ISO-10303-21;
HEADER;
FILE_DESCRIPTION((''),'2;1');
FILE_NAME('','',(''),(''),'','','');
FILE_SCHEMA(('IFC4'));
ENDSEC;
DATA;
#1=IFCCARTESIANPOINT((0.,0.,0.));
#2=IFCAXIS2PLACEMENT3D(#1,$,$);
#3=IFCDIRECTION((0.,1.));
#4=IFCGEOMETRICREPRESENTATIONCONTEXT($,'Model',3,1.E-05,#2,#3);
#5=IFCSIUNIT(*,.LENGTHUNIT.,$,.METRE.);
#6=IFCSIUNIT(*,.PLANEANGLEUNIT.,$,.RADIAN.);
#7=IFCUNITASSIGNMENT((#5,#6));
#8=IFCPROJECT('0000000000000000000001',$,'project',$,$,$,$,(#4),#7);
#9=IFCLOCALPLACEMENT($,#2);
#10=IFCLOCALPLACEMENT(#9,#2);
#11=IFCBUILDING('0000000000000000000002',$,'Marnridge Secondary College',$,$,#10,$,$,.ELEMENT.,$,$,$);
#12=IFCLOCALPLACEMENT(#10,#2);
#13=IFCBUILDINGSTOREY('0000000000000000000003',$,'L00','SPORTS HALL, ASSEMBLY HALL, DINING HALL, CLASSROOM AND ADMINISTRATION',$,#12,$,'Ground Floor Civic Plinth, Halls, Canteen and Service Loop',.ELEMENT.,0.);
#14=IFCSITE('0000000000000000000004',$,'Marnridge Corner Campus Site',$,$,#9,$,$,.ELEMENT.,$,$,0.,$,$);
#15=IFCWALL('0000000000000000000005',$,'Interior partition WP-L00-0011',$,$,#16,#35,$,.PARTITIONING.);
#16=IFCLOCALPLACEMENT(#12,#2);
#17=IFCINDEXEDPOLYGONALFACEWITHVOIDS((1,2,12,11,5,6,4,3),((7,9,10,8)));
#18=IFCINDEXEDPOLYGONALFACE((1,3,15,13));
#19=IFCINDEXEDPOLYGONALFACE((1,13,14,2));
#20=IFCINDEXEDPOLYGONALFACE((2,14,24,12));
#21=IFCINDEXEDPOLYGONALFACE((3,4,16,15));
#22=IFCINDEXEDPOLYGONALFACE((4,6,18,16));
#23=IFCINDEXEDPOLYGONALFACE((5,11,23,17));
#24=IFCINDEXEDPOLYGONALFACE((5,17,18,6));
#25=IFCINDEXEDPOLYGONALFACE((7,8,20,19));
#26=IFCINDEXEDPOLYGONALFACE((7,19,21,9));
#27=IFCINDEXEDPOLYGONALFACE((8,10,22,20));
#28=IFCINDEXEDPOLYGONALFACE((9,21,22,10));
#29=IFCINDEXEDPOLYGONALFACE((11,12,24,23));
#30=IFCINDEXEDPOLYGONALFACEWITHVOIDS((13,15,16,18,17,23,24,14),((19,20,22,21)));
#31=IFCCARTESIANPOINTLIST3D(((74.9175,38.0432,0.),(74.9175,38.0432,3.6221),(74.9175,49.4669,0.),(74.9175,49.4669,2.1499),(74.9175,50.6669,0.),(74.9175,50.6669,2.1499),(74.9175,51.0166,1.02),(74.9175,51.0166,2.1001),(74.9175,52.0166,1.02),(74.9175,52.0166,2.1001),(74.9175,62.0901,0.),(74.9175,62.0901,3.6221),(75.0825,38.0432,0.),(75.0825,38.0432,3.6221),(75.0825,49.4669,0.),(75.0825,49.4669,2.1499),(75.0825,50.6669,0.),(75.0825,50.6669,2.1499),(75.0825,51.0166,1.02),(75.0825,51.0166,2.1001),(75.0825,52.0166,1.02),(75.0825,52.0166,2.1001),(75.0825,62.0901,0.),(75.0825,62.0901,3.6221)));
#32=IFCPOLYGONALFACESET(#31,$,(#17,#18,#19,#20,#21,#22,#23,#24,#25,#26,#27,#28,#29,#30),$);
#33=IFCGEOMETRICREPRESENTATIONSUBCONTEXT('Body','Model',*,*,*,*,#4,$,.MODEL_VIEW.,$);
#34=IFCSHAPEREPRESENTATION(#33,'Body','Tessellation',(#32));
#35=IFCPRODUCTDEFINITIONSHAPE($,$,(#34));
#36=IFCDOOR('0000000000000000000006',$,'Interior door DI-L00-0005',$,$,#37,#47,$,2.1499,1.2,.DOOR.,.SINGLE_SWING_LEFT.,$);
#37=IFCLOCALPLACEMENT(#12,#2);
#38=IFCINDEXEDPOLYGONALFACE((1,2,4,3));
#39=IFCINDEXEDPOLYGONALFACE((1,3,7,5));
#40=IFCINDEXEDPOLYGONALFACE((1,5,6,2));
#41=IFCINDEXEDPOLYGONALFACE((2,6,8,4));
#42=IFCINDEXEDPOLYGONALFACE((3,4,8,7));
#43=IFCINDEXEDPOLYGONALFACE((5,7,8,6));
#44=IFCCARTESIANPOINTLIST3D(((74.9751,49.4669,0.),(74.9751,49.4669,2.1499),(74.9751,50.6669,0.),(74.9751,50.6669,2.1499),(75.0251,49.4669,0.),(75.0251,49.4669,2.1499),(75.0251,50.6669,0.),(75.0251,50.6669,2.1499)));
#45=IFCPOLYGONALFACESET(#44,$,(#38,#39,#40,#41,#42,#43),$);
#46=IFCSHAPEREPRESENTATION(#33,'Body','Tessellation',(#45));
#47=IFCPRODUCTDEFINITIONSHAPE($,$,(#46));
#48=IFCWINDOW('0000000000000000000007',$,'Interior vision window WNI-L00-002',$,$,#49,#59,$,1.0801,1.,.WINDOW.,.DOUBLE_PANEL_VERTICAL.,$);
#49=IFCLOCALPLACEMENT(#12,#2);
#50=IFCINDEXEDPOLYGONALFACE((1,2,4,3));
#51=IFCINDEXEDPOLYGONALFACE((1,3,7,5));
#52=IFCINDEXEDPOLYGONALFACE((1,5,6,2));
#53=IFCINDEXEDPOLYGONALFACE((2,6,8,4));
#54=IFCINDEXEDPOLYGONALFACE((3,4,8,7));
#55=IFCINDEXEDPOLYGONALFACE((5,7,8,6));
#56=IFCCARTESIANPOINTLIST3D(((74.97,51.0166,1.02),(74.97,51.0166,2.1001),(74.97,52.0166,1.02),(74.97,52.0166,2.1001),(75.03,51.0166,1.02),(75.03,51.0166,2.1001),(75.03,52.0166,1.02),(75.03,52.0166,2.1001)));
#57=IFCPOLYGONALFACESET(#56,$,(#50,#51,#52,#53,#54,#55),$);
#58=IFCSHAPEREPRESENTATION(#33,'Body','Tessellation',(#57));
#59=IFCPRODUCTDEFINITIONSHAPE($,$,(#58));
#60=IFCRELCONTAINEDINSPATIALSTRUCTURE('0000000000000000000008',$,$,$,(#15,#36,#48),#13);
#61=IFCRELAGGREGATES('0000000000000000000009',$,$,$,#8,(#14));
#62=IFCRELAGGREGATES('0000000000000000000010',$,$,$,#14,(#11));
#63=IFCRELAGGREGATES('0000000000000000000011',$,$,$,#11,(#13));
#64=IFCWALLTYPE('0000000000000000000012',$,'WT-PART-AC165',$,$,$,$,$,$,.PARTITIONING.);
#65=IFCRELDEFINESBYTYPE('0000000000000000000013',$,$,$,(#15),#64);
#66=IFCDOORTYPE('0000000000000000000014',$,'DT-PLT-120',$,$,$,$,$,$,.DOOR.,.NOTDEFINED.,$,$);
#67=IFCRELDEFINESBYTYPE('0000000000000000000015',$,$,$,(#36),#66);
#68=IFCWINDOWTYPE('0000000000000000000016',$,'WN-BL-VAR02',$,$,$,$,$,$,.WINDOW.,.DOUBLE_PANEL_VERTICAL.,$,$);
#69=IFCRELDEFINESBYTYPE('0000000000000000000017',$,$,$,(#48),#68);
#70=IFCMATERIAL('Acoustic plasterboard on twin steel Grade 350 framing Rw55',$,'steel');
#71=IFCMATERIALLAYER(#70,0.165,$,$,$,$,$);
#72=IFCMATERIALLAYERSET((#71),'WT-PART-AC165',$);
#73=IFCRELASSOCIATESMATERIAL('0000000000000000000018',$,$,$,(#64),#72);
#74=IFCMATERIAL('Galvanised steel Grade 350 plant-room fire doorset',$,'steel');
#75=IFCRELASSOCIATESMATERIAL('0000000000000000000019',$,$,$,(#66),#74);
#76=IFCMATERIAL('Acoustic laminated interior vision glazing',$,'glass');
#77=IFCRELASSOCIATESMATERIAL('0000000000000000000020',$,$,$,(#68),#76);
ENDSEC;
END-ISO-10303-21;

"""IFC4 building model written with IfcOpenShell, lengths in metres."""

from ifc_helpers import new_model, si_unit, direction, frame, frame_2d, origin, place, context, subcontext, project, spatial, rectangle, extrude, material, layer, layer_set, type_object, element, fill, save


model = new_model("IFC4")

# Units and contexts
model_context = context("Model", 3, precision=1e-05, world=origin(), true_north=direction((0.0, 1.0)))
body_context = subcontext(model_context, "Body", "Model", "MODEL_VIEW")
ifc_project = project(units=[si_unit("LENGTHUNIT", "METRE"), si_unit("PLANEANGLEUNIT", "RADIAN")], contexts=[model_context])

# Site, building, storey
site_placement = place(None, origin())
site = spatial("IfcSite", under=ifc_project, at=site_placement, Name="Marnridge Corner Campus Site", CompositionType="ELEMENT", RefElevation=0.0)
building_placement = place(site_placement, origin())
building = spatial("IfcBuilding", under=site, at=building_placement, Name="Marnridge Secondary College", CompositionType="ELEMENT")
storey_placement = place(building_placement, origin())
storey = spatial("IfcBuildingStorey", under=building, at=storey_placement, Name="L00", Description="SPORTS HALL, ASSEMBLY HALL, DINING HALL, CLASSROOM AND ADMINISTRATION", LongName="Ground Floor Civic Plinth, Halls, Canteen and Service Loop", CompositionType="ELEMENT", Elevation=0.0)

# Wall, openings, door, window
ifc_material_1 = material(Name="Acoustic plasterboard on twin steel Grade 350 framing Rw55", Category="steel")
ifc_layer_1 = layer(ifc_material_1, 0.165)
ifc_layer_set_1 = layer_set([ifc_layer_1], Name="WT-PART-AC165")
wall_type_1 = type_object("IfcWallType", Name="WT-PART-AC165", PredefinedType="PARTITIONING", material=ifc_layer_set_1)
wall_1_placement = place(storey_placement, frame((75.0, 38.0432, 0.0), z_axis=(0.0, 0.0, 1.0), x_axis=(0.0, 1.0, 0.0)))
wall_1 = element("IfcWall", 1, at=wall_1_placement, inside=storey, type_object=wall_type_1, Name="Interior partition WP-L00-0011", PredefinedType="PARTITIONING", context=body_context, shape_type="SweptSolid", body=[
    extrude(rectangle(XDim=24.0469, YDim=0.165, at=frame_2d((12.0234, 0.0))), origin(), (0.0, 0.0, 1.0), 3.6221),
])
opening_1_placement = place(wall_1_placement, frame((11.4236, 0.0, 0.0)))
opening_1 = element("IfcOpeningElement", 2, at=opening_1_placement, cuts=wall_1, PredefinedType="OPENING", context=body_context, shape_type="SweptSolid", body=[
    extrude(rectangle(XDim=1.2, YDim=2.1499, at=frame_2d((0.6001, 1.075))), frame((0.0, 0.0925, 0.0), z_axis=(0.0, -1.0, 0.0), x_axis=(1.0, 0.0, 0.0)), (0.0, 0.0, 1.0), 0.1851),
])
opening_2_placement = place(wall_1_placement, frame((12.9734, 0.0, 1.02)))
opening_2 = element("IfcOpeningElement", 3, at=opening_2_placement, cuts=wall_1, PredefinedType="OPENING", context=body_context, shape_type="SweptSolid", body=[
    extrude(rectangle(XDim=1.0, YDim=1.0801, at=frame_2d((0.5, 0.54))), frame((0.0, 0.0925, 0.0), z_axis=(0.0, -1.0, 0.0), x_axis=(1.0, 0.0, 0.0)), (0.0, 0.0, 1.0), 0.1851),
])
ifc_material_2 = material(Name="Galvanised steel Grade 350 plant-room fire doorset", Category="steel")
door_type_1 = type_object("IfcDoorType", Name="DT-PLT-120", OperationType="NOTDEFINED", PredefinedType="DOOR", material=ifc_material_2)
door_1_placement = place(opening_1_placement, origin())
door_1 = element("IfcDoor", 4, at=door_1_placement, inside=storey, type_object=door_type_1, Name="Interior door DI-L00-0005", OperationType="SINGLE_SWING_LEFT", OverallHeight=2.1499, OverallWidth=1.2, PredefinedType="DOOR", context=body_context, shape_type="SweptSolid", body=[
    extrude(rectangle(XDim=1.2, YDim=2.1499, at=frame_2d((0.6001, 1.075))), frame((0.0, 0.0249, 0.0), z_axis=(0.0, -1.0, 0.0), x_axis=(1.0, 0.0, 0.0)), (0.0, 0.0, 1.0), 0.05),
])
fill(opening_1, door_1)
ifc_material_3 = material(Name="Acoustic laminated interior vision glazing", Category="glass")
window_type = type_object("IfcWindowType", Name="WN-BL-VAR02", PartitioningType="DOUBLE_PANEL_VERTICAL", PredefinedType="WINDOW", material=ifc_material_3)
window_placement = place(opening_2_placement, origin())
window = element("IfcWindow", 5, at=window_placement, inside=storey, type_object=window_type, Name="Interior vision window WNI-L00-002", OverallHeight=1.0801, OverallWidth=1.0, PartitioningType="DOUBLE_PANEL_VERTICAL", PredefinedType="WINDOW", context=body_context, shape_type="SweptSolid", body=[
    extrude(rectangle(XDim=1.0, YDim=1.0801, at=frame_2d((0.5, 0.54))), frame((0.0, 0.03, 0.0), z_axis=(0.0, -1.0, 0.0), x_axis=(1.0, 0.0, 0.0)), (0.0, 0.0, 1.0), 0.0601),
])
fill(opening_2, window)

save(model, "model.ifc")
